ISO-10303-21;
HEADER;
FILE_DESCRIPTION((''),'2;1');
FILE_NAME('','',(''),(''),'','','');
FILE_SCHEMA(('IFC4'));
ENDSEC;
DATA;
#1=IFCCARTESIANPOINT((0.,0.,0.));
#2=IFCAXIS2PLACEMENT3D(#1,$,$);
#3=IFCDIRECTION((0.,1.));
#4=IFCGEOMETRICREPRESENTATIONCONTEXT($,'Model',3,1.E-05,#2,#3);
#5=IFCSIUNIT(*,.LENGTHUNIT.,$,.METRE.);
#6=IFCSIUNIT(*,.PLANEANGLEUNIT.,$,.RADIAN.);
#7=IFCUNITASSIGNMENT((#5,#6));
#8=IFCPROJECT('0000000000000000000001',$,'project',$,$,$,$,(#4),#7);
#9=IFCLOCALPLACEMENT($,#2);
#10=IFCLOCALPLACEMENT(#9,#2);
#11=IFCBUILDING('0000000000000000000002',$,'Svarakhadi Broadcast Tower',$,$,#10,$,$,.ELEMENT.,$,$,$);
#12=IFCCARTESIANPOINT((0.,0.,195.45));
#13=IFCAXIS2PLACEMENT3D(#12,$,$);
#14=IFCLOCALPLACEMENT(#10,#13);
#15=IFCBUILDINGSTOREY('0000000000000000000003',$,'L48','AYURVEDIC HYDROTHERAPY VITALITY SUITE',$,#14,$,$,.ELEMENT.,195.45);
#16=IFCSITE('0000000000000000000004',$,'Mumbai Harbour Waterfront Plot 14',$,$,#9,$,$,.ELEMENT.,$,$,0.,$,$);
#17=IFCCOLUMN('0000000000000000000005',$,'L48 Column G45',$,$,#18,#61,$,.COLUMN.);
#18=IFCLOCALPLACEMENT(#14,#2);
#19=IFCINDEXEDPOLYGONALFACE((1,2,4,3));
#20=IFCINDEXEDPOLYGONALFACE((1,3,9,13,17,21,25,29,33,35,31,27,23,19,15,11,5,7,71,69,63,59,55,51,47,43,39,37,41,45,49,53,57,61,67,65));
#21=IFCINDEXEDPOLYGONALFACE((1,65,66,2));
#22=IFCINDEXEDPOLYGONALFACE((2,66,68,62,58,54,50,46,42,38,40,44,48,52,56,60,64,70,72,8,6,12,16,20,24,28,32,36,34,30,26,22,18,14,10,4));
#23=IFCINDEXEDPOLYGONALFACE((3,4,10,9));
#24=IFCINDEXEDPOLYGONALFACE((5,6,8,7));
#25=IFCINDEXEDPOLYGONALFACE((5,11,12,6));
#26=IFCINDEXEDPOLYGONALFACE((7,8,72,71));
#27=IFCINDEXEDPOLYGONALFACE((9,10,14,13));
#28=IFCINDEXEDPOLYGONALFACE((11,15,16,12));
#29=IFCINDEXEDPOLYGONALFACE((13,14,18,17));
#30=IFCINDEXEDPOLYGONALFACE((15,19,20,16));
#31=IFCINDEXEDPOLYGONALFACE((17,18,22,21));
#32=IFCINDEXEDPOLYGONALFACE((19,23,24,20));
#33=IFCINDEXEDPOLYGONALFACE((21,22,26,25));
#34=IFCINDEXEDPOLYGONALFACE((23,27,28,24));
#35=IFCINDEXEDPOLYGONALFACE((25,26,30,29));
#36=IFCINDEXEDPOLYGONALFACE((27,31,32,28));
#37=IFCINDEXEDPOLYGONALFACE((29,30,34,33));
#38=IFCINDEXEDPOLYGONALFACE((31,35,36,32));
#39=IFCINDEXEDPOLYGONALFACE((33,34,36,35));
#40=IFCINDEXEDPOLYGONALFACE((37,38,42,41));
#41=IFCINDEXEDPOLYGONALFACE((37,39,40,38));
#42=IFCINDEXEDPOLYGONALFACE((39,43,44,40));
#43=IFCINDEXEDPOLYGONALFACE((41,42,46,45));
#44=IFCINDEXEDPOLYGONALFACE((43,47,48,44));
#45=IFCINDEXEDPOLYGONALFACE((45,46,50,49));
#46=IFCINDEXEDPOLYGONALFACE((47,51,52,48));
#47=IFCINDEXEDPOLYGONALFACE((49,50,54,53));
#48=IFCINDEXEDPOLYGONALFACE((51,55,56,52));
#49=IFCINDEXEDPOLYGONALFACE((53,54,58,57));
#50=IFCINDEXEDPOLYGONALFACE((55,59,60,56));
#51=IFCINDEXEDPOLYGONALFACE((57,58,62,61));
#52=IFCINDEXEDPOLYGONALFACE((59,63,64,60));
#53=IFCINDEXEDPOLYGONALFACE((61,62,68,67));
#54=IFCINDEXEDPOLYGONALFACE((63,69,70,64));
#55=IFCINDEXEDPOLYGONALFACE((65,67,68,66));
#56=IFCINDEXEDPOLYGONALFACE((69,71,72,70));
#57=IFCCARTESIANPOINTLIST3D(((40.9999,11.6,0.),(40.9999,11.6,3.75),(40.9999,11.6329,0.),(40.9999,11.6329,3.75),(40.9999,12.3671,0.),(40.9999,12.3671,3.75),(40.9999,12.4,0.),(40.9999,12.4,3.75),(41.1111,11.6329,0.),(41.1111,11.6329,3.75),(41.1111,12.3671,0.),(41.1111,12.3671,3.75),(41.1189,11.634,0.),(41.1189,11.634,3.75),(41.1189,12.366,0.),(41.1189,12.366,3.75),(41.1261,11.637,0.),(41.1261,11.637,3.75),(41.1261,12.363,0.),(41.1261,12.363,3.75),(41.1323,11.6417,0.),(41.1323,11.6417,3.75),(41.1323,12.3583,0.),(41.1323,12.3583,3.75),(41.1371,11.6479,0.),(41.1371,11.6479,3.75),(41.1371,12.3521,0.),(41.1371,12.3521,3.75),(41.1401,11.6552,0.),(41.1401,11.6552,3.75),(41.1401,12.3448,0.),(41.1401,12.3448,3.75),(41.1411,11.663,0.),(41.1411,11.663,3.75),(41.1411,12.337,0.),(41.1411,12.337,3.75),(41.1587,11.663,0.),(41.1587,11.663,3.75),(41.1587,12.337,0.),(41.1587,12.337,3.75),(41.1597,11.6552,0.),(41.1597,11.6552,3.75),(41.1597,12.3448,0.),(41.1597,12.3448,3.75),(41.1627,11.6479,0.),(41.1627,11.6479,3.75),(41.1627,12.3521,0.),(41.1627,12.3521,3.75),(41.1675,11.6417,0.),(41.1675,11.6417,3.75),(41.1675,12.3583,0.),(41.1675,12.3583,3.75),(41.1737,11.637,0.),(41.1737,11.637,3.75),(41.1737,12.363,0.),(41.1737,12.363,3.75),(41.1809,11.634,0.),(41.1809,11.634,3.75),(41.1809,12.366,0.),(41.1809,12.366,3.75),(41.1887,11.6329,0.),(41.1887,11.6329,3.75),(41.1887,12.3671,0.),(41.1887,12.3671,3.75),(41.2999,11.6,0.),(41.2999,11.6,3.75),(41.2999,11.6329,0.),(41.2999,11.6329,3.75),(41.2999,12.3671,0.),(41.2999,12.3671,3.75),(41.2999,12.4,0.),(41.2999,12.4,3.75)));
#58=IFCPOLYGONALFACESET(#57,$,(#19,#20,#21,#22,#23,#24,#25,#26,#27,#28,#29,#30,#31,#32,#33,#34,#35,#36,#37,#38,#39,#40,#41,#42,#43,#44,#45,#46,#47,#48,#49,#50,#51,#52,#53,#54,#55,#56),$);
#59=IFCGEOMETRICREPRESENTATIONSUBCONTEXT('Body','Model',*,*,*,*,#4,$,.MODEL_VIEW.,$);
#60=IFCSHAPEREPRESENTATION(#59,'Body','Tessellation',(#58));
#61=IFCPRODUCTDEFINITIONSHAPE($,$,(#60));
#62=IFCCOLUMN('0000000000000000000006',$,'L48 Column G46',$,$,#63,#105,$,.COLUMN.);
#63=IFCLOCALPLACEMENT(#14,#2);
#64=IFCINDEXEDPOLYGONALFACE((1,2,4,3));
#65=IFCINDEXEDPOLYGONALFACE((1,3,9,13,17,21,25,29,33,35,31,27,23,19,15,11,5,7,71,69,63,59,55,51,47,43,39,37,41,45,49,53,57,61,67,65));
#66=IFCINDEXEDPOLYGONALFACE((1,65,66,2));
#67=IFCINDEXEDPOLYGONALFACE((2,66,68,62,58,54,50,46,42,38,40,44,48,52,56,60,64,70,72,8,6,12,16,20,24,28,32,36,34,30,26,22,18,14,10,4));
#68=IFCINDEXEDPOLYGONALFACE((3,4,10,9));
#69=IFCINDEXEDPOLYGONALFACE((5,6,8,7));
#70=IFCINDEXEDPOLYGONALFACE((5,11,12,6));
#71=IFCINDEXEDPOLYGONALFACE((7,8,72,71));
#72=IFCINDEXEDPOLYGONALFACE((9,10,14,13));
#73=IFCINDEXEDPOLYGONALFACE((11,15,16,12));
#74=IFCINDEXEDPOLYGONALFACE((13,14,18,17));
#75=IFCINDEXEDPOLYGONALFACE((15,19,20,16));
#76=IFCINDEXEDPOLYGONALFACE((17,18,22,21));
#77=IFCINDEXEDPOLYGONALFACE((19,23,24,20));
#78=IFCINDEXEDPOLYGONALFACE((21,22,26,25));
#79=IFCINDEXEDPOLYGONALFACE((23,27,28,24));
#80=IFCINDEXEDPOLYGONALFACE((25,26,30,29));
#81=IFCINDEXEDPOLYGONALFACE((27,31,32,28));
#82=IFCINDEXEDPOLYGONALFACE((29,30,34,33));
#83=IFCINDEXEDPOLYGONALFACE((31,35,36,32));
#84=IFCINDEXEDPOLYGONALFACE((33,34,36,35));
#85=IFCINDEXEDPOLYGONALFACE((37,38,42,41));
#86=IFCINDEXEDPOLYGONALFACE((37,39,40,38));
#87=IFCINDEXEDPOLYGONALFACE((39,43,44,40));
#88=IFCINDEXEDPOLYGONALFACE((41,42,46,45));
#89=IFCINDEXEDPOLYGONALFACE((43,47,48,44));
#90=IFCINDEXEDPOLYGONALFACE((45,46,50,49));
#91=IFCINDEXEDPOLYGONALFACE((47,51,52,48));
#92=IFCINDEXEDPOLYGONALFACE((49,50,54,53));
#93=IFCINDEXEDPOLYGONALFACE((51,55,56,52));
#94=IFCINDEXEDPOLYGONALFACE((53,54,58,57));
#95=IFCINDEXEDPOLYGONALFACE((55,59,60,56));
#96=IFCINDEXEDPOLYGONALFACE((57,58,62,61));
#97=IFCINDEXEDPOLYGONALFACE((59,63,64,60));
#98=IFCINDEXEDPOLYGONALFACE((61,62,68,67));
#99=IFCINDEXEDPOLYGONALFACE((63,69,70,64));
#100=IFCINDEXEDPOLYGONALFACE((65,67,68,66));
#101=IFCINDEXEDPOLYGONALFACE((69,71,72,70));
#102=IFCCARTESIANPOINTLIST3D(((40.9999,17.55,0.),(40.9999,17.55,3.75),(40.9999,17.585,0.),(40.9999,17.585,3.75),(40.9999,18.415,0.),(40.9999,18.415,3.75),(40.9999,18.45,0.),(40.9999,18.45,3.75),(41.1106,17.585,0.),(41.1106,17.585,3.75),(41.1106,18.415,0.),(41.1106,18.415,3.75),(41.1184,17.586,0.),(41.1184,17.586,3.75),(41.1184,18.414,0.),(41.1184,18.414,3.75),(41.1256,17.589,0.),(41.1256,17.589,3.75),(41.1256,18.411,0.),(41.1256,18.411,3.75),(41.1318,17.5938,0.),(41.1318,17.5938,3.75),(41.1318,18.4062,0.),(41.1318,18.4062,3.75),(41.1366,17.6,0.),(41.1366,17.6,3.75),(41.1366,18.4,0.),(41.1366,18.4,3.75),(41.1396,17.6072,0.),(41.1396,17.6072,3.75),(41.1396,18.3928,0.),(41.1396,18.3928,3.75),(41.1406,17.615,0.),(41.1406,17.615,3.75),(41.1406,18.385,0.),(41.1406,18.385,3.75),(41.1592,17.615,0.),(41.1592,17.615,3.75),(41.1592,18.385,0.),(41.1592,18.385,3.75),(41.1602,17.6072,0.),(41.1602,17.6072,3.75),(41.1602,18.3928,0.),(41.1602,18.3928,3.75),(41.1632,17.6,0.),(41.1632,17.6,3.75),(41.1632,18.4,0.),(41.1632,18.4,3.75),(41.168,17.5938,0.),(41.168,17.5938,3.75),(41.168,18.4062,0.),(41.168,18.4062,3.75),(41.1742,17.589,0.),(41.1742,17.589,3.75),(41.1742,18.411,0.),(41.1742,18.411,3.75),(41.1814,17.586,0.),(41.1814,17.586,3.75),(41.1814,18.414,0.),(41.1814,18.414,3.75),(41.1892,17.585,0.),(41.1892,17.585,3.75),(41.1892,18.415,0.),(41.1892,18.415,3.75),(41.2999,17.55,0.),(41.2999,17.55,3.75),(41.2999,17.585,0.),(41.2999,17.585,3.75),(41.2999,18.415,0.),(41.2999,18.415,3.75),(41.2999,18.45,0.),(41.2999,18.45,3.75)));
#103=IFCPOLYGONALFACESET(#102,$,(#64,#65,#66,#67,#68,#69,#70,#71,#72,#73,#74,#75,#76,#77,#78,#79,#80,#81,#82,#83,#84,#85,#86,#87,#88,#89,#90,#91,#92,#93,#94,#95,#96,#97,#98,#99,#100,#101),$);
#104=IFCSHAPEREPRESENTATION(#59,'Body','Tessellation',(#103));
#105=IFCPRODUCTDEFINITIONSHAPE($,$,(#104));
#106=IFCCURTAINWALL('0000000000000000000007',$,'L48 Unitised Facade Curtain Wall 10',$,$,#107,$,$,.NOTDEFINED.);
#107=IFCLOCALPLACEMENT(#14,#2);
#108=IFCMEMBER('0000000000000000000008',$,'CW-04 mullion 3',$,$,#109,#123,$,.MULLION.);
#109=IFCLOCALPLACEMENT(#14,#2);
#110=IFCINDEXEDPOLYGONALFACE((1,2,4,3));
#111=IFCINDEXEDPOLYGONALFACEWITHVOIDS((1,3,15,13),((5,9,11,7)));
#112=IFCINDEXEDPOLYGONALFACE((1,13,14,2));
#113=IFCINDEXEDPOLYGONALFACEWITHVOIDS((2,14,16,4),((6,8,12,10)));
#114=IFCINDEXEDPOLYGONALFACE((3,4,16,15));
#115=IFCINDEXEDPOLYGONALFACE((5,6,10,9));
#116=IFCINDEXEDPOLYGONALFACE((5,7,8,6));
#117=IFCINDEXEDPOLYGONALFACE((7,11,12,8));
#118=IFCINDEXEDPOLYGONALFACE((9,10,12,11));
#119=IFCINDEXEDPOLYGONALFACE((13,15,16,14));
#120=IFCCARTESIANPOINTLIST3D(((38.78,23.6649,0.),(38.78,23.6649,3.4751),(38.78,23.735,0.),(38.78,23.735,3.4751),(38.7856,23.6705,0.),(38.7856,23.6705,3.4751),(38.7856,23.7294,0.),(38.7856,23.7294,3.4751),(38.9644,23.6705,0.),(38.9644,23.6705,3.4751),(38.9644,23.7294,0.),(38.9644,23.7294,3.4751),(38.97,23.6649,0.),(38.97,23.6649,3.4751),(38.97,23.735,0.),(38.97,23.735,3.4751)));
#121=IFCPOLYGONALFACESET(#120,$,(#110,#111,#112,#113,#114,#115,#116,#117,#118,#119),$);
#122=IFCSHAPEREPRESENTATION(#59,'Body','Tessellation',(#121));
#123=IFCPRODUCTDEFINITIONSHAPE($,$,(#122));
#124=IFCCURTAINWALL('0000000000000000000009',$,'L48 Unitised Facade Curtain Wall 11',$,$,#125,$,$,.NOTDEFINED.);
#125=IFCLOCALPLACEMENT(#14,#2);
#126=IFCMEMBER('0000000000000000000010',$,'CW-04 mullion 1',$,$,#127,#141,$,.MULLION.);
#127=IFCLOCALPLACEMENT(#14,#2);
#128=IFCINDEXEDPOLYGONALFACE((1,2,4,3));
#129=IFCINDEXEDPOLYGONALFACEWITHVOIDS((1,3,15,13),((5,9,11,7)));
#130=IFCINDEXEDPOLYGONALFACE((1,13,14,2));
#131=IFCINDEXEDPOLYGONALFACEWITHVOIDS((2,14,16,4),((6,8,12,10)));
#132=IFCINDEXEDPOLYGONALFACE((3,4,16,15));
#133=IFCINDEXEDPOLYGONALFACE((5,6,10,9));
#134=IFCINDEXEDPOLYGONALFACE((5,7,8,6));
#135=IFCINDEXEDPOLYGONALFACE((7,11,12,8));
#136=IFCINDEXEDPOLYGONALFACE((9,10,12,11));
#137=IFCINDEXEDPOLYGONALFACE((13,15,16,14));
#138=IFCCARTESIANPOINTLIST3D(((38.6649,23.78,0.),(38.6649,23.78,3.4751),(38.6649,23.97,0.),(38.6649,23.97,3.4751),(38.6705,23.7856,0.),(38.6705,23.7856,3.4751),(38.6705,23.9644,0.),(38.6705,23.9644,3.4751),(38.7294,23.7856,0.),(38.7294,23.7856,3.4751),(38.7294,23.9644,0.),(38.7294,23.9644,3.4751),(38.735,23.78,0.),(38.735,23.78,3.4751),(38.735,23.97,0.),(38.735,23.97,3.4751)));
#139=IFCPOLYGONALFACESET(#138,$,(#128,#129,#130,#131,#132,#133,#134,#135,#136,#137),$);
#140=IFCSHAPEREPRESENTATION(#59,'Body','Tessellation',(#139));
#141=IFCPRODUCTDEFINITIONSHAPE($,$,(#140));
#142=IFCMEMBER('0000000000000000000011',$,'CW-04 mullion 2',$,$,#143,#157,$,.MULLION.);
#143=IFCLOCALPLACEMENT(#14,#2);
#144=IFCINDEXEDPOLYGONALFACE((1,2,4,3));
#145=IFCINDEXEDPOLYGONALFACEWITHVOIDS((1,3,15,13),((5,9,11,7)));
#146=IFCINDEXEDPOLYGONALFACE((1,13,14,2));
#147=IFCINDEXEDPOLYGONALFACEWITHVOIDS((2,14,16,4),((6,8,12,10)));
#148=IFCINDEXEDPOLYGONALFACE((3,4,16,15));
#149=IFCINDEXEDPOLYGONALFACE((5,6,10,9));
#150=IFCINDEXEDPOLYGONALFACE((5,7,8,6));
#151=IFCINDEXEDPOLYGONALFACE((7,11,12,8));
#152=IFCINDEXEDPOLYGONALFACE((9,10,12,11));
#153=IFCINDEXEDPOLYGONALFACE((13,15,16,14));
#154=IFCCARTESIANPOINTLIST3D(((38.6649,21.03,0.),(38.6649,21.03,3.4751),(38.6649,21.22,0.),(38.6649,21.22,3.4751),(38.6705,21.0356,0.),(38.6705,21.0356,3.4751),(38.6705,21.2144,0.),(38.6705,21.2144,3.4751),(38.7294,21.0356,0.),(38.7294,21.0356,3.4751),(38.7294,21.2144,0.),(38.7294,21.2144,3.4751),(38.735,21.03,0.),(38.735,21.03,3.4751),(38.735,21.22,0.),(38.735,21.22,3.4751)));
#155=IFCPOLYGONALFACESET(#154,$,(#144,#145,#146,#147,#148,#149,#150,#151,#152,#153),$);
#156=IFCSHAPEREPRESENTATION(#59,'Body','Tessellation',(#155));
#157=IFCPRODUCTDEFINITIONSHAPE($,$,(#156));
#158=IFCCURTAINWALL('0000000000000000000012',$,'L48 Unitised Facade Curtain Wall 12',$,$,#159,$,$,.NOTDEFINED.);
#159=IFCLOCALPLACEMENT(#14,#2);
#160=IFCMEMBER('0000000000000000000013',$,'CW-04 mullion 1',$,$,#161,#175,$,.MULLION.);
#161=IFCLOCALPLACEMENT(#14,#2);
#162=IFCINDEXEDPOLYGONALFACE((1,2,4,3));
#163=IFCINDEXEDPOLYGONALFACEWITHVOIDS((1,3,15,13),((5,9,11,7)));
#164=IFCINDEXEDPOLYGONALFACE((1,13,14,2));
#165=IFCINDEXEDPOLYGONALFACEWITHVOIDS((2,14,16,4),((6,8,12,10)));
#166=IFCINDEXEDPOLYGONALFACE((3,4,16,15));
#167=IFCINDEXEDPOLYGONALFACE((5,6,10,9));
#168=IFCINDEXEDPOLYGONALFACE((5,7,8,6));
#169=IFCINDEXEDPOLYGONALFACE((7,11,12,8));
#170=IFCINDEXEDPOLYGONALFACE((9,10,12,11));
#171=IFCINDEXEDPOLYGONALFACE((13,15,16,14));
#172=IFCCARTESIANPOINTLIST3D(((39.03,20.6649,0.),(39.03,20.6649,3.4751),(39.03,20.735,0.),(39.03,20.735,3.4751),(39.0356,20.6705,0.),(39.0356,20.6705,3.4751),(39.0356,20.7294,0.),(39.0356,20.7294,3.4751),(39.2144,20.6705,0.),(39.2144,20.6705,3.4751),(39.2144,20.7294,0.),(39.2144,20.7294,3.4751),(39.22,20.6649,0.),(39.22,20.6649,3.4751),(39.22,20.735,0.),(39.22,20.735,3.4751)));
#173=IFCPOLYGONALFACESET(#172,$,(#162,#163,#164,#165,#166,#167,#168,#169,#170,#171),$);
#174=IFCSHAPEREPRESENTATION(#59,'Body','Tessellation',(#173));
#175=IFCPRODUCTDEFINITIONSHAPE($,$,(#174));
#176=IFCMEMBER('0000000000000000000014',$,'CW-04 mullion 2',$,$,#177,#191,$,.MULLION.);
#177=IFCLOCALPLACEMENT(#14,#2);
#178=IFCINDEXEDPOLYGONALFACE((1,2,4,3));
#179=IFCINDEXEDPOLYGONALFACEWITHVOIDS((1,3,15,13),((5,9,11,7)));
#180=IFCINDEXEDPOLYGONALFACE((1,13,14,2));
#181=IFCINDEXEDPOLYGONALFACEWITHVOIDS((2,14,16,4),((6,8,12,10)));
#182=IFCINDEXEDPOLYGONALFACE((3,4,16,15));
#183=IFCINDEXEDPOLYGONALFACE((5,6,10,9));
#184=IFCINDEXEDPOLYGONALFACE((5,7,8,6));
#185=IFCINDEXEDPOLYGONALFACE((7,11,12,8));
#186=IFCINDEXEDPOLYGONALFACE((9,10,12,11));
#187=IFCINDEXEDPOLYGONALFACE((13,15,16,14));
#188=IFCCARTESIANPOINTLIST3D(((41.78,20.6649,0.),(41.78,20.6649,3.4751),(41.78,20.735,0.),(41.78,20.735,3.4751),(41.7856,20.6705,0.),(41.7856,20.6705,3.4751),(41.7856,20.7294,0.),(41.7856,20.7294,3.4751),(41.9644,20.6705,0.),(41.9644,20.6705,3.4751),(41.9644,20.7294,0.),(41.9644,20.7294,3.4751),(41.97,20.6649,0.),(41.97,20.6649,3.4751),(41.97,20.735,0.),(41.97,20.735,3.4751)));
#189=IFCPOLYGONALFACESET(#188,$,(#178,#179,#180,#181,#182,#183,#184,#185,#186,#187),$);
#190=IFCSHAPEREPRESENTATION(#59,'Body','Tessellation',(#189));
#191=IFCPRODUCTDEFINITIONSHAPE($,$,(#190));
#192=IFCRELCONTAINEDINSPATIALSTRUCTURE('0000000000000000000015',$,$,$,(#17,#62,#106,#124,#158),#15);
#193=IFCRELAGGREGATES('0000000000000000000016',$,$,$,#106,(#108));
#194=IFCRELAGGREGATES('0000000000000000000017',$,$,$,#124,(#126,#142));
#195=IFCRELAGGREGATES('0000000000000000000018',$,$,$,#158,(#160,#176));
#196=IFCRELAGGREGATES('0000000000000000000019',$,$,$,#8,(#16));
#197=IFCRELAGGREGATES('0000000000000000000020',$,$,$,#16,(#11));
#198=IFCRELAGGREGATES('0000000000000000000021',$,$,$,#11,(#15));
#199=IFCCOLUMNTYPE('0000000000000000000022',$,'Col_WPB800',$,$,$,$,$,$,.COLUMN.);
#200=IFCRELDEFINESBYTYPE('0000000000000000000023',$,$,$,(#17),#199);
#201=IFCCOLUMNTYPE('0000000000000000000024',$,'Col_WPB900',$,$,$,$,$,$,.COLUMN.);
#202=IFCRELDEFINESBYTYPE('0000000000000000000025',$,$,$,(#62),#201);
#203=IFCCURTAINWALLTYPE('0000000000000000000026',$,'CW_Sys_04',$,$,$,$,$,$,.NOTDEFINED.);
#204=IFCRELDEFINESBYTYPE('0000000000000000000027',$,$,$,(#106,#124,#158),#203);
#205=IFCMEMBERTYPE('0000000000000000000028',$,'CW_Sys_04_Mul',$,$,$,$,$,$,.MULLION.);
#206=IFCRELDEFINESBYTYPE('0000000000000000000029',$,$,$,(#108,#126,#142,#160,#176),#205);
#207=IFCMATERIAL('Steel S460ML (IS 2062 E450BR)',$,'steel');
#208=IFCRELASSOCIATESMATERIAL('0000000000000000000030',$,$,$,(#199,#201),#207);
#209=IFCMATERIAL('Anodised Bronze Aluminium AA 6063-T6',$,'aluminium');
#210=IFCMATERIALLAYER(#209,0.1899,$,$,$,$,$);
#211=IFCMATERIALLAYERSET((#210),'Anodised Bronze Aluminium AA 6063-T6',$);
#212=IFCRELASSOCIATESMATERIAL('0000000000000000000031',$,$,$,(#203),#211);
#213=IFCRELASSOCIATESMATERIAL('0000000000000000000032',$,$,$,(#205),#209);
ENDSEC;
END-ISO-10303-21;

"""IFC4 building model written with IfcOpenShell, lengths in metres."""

from ifc_helpers import new_model, si_unit, direction, frame, origin, origin_2d, place, context, subcontext, project, spatial, hollow_rectangle, i_section, extrude, material, layer, layer_set, material_profile, profile_set, type_object, element, aggregate, save


model = new_model("IFC4")

# Units and contexts
model_context = context("Model", 3, precision=1e-05, world=origin(), true_north=direction((0.0, 1.0)))
body_context = subcontext(model_context, "Body", "Model", "MODEL_VIEW")
ifc_project = project(units=[si_unit("LENGTHUNIT", "METRE"), si_unit("PLANEANGLEUNIT", "RADIAN")], contexts=[model_context])

# Site, building, storey
site_placement = place(None, origin())
site = spatial("IfcSite", under=ifc_project, at=site_placement, Name="Mumbai Harbour Waterfront Plot 14", CompositionType="ELEMENT", RefElevation=0.0)
building_placement = place(site_placement, origin())
building = spatial("IfcBuilding", under=site, at=building_placement, Name="Svarakhadi Broadcast Tower", CompositionType="ELEMENT")
storey_placement = place(building_placement, frame((0.0, 0.0, 195.45)))
storey = spatial("IfcBuildingStorey", under=building, at=storey_placement, Name="L48", Description="AYURVEDIC HYDROTHERAPY VITALITY SUITE", CompositionType="ELEMENT", Elevation=195.45)

# Columns
ifc_material_1 = material(Name="Steel S460ML (IS 2062 E450BR)", Category="steel")
ifc_material_profile_1 = material_profile(ifc_material_1, i_section(OverallWidth=0.3, OverallDepth=0.8, WebThickness=0.0176, FlangeThickness=0.033, FilletRadius=0.03, at=origin_2d()), Name="WPB 800x300x262")
ifc_profile_set_1 = profile_set([ifc_material_profile_1], Name="Steel S460ML (IS 2062 E450BR)")
column_type_1 = type_object("IfcColumnType", Name="Col_WPB800", PredefinedType="COLUMN", material=ifc_profile_set_1)
column_1_placement = place(storey_placement, frame((41.1499, 12.0, 0.0), z_axis=(0.0, 0.0, 1.0), x_axis=(1.0, 0.0, 0.0)))
element("IfcColumn", 1, at=column_1_placement, inside=storey, type_object=column_type_1, Name="L48 Column G45", PredefinedType="COLUMN", context=body_context, shape_type="SweptSolid", body=[
    extrude(i_section(OverallWidth=0.3, OverallDepth=0.8, WebThickness=0.0176, FlangeThickness=0.033, FilletRadius=0.03, at=origin_2d()), origin(), (0.0, 0.0, 1.0), 3.75),
])
ifc_material_profile_2 = material_profile(ifc_material_1, i_section(OverallWidth=0.3, OverallDepth=0.8999, WebThickness=0.0186, FlangeThickness=0.0349, FilletRadius=0.03, at=origin_2d()), Name="WPB 900x300x291")
ifc_profile_set_2 = profile_set([ifc_material_profile_2], Name="Steel S460ML (IS 2062 E450BR)")
column_type_2 = type_object("IfcColumnType", Name="Col_WPB900", PredefinedType="COLUMN", material=ifc_profile_set_2)
column_2_placement = place(storey_placement, frame((41.1499, 18.0, 0.0), z_axis=(0.0, 0.0, 1.0), x_axis=(1.0, 0.0, 0.0)))
element("IfcColumn", 2, at=column_2_placement, inside=storey, type_object=column_type_2, Name="L48 Column G46", PredefinedType="COLUMN", context=body_context, shape_type="SweptSolid", body=[
    extrude(i_section(OverallWidth=0.3, OverallDepth=0.8999, WebThickness=0.0186, FlangeThickness=0.0349, FilletRadius=0.03, at=origin_2d()), origin(), (0.0, 0.0, 1.0), 3.75),
])

# Curtain wall, member
ifc_material_2 = material(Name="Anodised Bronze Aluminium AA 6063-T6", Category="aluminium")
ifc_layer_1 = layer(ifc_material_2, 0.1899)
ifc_layer_set_1 = layer_set([ifc_layer_1], Name="Anodised Bronze Aluminium AA 6063-T6")
curtain_wall_type = type_object("IfcCurtainWallType", Name="CW_Sys_04", PredefinedType="NOTDEFINED", material=ifc_layer_set_1)
curtain_wall_1_placement = place(storey_placement, origin())
curtain_wall_1 = element("IfcCurtainWall", 3, at=curtain_wall_1_placement, inside=storey, type_object=curtain_wall_type, Name="L48 Unitised Facade Curtain Wall 10", PredefinedType="NOTDEFINED")
ifc_material_profile_3 = material_profile(ifc_material_2, hollow_rectangle(XDim=0.0701, YDim=0.1899, WallThickness=0.0056, at=origin_2d()), Name="ALU MULLION 190x70x6")
ifc_profile_set_3 = profile_set([ifc_material_profile_3], Name="Anodised Bronze Aluminium AA 6063-T6")
member_type_1 = type_object("IfcMemberType", Name="CW_Sys_04_Mul", PredefinedType="MULLION", material=ifc_profile_set_3)
member_1_placement = place(storey_placement, frame((38.875, 23.7, 0.0), z_axis=(0.0, 0.0, 1.0), x_axis=(0.0, 1.0, 0.0)))
member_1 = element("IfcMember", 4, at=member_1_placement, type_object=member_type_1, Name="CW-04 mullion 3", PredefinedType="MULLION", context=body_context, shape_type="SweptSolid", body=[
    extrude(hollow_rectangle(XDim=0.0701, YDim=0.1899, WallThickness=0.0056, at=origin_2d()), origin(), (0.0, 0.0, 1.0), 3.4751),
])
aggregate(curtain_wall_1, [member_1])

# Curtain walls, members
curtain_wall_2_placement = place(storey_placement, origin())
curtain_wall_2 = element("IfcCurtainWall", 5, at=curtain_wall_2_placement, inside=storey, type_object=curtain_wall_type, Name="L48 Unitised Facade Curtain Wall 11", PredefinedType="NOTDEFINED")
member_2_placement = place(storey_placement, frame((38.7, 23.875, 0.0), z_axis=(0.0, 0.0, 1.0), x_axis=(1.0, 0.0, 0.0)))
member_2 = element("IfcMember", 6, at=member_2_placement, type_object=member_type_1, Name="CW-04 mullion 1", PredefinedType="MULLION", context=body_context, shape_type="SweptSolid", body=[
    extrude(hollow_rectangle(XDim=0.0701, YDim=0.1899, WallThickness=0.0056, at=origin_2d()), origin(), (0.0, 0.0, 1.0), 3.4751),
])
member_3_placement = place(storey_placement, frame((38.7, 21.125, 0.0), z_axis=(0.0, 0.0, 1.0), x_axis=(1.0, 0.0, 0.0)))
member_3 = element("IfcMember", 7, at=member_3_placement, type_object=member_type_1, Name="CW-04 mullion 2", PredefinedType="MULLION", context=body_context, shape_type="SweptSolid", body=[
    extrude(hollow_rectangle(XDim=0.0701, YDim=0.1899, WallThickness=0.0056, at=origin_2d()), origin(), (0.0, 0.0, 1.0), 3.4751),
])
curtain_wall_3_placement = place(storey_placement, origin())
curtain_wall_3 = element("IfcCurtainWall", 8, at=curtain_wall_3_placement, inside=storey, type_object=curtain_wall_type, Name="L48 Unitised Facade Curtain Wall 12", PredefinedType="NOTDEFINED")
member_4_placement = place(storey_placement, frame((39.125, 20.7, 0.0), z_axis=(0.0, 0.0, 1.0), x_axis=(0.0, 1.0, 0.0)))
member_4 = element("IfcMember", 9, at=member_4_placement, type_object=member_type_1, Name="CW-04 mullion 1", PredefinedType="MULLION", context=body_context, shape_type="SweptSolid", body=[
    extrude(hollow_rectangle(XDim=0.0701, YDim=0.1899, WallThickness=0.0056, at=origin_2d()), origin(), (0.0, 0.0, 1.0), 3.4751),
])
member_5_placement = place(storey_placement, frame((41.875, 20.7, 0.0), z_axis=(0.0, 0.0, 1.0), x_axis=(0.0, 1.0, 0.0)))
member_5 = element("IfcMember", 10, at=member_5_placement, type_object=member_type_1, Name="CW-04 mullion 2", PredefinedType="MULLION", context=body_context, shape_type="SweptSolid", body=[
    extrude(hollow_rectangle(XDim=0.0701, YDim=0.1899, WallThickness=0.0056, at=origin_2d()), origin(), (0.0, 0.0, 1.0), 3.4751),
])

aggregate(curtain_wall_2, [member_2, member_3])
aggregate(curtain_wall_3, [member_4, member_5])

save(model, "model.ifc")
